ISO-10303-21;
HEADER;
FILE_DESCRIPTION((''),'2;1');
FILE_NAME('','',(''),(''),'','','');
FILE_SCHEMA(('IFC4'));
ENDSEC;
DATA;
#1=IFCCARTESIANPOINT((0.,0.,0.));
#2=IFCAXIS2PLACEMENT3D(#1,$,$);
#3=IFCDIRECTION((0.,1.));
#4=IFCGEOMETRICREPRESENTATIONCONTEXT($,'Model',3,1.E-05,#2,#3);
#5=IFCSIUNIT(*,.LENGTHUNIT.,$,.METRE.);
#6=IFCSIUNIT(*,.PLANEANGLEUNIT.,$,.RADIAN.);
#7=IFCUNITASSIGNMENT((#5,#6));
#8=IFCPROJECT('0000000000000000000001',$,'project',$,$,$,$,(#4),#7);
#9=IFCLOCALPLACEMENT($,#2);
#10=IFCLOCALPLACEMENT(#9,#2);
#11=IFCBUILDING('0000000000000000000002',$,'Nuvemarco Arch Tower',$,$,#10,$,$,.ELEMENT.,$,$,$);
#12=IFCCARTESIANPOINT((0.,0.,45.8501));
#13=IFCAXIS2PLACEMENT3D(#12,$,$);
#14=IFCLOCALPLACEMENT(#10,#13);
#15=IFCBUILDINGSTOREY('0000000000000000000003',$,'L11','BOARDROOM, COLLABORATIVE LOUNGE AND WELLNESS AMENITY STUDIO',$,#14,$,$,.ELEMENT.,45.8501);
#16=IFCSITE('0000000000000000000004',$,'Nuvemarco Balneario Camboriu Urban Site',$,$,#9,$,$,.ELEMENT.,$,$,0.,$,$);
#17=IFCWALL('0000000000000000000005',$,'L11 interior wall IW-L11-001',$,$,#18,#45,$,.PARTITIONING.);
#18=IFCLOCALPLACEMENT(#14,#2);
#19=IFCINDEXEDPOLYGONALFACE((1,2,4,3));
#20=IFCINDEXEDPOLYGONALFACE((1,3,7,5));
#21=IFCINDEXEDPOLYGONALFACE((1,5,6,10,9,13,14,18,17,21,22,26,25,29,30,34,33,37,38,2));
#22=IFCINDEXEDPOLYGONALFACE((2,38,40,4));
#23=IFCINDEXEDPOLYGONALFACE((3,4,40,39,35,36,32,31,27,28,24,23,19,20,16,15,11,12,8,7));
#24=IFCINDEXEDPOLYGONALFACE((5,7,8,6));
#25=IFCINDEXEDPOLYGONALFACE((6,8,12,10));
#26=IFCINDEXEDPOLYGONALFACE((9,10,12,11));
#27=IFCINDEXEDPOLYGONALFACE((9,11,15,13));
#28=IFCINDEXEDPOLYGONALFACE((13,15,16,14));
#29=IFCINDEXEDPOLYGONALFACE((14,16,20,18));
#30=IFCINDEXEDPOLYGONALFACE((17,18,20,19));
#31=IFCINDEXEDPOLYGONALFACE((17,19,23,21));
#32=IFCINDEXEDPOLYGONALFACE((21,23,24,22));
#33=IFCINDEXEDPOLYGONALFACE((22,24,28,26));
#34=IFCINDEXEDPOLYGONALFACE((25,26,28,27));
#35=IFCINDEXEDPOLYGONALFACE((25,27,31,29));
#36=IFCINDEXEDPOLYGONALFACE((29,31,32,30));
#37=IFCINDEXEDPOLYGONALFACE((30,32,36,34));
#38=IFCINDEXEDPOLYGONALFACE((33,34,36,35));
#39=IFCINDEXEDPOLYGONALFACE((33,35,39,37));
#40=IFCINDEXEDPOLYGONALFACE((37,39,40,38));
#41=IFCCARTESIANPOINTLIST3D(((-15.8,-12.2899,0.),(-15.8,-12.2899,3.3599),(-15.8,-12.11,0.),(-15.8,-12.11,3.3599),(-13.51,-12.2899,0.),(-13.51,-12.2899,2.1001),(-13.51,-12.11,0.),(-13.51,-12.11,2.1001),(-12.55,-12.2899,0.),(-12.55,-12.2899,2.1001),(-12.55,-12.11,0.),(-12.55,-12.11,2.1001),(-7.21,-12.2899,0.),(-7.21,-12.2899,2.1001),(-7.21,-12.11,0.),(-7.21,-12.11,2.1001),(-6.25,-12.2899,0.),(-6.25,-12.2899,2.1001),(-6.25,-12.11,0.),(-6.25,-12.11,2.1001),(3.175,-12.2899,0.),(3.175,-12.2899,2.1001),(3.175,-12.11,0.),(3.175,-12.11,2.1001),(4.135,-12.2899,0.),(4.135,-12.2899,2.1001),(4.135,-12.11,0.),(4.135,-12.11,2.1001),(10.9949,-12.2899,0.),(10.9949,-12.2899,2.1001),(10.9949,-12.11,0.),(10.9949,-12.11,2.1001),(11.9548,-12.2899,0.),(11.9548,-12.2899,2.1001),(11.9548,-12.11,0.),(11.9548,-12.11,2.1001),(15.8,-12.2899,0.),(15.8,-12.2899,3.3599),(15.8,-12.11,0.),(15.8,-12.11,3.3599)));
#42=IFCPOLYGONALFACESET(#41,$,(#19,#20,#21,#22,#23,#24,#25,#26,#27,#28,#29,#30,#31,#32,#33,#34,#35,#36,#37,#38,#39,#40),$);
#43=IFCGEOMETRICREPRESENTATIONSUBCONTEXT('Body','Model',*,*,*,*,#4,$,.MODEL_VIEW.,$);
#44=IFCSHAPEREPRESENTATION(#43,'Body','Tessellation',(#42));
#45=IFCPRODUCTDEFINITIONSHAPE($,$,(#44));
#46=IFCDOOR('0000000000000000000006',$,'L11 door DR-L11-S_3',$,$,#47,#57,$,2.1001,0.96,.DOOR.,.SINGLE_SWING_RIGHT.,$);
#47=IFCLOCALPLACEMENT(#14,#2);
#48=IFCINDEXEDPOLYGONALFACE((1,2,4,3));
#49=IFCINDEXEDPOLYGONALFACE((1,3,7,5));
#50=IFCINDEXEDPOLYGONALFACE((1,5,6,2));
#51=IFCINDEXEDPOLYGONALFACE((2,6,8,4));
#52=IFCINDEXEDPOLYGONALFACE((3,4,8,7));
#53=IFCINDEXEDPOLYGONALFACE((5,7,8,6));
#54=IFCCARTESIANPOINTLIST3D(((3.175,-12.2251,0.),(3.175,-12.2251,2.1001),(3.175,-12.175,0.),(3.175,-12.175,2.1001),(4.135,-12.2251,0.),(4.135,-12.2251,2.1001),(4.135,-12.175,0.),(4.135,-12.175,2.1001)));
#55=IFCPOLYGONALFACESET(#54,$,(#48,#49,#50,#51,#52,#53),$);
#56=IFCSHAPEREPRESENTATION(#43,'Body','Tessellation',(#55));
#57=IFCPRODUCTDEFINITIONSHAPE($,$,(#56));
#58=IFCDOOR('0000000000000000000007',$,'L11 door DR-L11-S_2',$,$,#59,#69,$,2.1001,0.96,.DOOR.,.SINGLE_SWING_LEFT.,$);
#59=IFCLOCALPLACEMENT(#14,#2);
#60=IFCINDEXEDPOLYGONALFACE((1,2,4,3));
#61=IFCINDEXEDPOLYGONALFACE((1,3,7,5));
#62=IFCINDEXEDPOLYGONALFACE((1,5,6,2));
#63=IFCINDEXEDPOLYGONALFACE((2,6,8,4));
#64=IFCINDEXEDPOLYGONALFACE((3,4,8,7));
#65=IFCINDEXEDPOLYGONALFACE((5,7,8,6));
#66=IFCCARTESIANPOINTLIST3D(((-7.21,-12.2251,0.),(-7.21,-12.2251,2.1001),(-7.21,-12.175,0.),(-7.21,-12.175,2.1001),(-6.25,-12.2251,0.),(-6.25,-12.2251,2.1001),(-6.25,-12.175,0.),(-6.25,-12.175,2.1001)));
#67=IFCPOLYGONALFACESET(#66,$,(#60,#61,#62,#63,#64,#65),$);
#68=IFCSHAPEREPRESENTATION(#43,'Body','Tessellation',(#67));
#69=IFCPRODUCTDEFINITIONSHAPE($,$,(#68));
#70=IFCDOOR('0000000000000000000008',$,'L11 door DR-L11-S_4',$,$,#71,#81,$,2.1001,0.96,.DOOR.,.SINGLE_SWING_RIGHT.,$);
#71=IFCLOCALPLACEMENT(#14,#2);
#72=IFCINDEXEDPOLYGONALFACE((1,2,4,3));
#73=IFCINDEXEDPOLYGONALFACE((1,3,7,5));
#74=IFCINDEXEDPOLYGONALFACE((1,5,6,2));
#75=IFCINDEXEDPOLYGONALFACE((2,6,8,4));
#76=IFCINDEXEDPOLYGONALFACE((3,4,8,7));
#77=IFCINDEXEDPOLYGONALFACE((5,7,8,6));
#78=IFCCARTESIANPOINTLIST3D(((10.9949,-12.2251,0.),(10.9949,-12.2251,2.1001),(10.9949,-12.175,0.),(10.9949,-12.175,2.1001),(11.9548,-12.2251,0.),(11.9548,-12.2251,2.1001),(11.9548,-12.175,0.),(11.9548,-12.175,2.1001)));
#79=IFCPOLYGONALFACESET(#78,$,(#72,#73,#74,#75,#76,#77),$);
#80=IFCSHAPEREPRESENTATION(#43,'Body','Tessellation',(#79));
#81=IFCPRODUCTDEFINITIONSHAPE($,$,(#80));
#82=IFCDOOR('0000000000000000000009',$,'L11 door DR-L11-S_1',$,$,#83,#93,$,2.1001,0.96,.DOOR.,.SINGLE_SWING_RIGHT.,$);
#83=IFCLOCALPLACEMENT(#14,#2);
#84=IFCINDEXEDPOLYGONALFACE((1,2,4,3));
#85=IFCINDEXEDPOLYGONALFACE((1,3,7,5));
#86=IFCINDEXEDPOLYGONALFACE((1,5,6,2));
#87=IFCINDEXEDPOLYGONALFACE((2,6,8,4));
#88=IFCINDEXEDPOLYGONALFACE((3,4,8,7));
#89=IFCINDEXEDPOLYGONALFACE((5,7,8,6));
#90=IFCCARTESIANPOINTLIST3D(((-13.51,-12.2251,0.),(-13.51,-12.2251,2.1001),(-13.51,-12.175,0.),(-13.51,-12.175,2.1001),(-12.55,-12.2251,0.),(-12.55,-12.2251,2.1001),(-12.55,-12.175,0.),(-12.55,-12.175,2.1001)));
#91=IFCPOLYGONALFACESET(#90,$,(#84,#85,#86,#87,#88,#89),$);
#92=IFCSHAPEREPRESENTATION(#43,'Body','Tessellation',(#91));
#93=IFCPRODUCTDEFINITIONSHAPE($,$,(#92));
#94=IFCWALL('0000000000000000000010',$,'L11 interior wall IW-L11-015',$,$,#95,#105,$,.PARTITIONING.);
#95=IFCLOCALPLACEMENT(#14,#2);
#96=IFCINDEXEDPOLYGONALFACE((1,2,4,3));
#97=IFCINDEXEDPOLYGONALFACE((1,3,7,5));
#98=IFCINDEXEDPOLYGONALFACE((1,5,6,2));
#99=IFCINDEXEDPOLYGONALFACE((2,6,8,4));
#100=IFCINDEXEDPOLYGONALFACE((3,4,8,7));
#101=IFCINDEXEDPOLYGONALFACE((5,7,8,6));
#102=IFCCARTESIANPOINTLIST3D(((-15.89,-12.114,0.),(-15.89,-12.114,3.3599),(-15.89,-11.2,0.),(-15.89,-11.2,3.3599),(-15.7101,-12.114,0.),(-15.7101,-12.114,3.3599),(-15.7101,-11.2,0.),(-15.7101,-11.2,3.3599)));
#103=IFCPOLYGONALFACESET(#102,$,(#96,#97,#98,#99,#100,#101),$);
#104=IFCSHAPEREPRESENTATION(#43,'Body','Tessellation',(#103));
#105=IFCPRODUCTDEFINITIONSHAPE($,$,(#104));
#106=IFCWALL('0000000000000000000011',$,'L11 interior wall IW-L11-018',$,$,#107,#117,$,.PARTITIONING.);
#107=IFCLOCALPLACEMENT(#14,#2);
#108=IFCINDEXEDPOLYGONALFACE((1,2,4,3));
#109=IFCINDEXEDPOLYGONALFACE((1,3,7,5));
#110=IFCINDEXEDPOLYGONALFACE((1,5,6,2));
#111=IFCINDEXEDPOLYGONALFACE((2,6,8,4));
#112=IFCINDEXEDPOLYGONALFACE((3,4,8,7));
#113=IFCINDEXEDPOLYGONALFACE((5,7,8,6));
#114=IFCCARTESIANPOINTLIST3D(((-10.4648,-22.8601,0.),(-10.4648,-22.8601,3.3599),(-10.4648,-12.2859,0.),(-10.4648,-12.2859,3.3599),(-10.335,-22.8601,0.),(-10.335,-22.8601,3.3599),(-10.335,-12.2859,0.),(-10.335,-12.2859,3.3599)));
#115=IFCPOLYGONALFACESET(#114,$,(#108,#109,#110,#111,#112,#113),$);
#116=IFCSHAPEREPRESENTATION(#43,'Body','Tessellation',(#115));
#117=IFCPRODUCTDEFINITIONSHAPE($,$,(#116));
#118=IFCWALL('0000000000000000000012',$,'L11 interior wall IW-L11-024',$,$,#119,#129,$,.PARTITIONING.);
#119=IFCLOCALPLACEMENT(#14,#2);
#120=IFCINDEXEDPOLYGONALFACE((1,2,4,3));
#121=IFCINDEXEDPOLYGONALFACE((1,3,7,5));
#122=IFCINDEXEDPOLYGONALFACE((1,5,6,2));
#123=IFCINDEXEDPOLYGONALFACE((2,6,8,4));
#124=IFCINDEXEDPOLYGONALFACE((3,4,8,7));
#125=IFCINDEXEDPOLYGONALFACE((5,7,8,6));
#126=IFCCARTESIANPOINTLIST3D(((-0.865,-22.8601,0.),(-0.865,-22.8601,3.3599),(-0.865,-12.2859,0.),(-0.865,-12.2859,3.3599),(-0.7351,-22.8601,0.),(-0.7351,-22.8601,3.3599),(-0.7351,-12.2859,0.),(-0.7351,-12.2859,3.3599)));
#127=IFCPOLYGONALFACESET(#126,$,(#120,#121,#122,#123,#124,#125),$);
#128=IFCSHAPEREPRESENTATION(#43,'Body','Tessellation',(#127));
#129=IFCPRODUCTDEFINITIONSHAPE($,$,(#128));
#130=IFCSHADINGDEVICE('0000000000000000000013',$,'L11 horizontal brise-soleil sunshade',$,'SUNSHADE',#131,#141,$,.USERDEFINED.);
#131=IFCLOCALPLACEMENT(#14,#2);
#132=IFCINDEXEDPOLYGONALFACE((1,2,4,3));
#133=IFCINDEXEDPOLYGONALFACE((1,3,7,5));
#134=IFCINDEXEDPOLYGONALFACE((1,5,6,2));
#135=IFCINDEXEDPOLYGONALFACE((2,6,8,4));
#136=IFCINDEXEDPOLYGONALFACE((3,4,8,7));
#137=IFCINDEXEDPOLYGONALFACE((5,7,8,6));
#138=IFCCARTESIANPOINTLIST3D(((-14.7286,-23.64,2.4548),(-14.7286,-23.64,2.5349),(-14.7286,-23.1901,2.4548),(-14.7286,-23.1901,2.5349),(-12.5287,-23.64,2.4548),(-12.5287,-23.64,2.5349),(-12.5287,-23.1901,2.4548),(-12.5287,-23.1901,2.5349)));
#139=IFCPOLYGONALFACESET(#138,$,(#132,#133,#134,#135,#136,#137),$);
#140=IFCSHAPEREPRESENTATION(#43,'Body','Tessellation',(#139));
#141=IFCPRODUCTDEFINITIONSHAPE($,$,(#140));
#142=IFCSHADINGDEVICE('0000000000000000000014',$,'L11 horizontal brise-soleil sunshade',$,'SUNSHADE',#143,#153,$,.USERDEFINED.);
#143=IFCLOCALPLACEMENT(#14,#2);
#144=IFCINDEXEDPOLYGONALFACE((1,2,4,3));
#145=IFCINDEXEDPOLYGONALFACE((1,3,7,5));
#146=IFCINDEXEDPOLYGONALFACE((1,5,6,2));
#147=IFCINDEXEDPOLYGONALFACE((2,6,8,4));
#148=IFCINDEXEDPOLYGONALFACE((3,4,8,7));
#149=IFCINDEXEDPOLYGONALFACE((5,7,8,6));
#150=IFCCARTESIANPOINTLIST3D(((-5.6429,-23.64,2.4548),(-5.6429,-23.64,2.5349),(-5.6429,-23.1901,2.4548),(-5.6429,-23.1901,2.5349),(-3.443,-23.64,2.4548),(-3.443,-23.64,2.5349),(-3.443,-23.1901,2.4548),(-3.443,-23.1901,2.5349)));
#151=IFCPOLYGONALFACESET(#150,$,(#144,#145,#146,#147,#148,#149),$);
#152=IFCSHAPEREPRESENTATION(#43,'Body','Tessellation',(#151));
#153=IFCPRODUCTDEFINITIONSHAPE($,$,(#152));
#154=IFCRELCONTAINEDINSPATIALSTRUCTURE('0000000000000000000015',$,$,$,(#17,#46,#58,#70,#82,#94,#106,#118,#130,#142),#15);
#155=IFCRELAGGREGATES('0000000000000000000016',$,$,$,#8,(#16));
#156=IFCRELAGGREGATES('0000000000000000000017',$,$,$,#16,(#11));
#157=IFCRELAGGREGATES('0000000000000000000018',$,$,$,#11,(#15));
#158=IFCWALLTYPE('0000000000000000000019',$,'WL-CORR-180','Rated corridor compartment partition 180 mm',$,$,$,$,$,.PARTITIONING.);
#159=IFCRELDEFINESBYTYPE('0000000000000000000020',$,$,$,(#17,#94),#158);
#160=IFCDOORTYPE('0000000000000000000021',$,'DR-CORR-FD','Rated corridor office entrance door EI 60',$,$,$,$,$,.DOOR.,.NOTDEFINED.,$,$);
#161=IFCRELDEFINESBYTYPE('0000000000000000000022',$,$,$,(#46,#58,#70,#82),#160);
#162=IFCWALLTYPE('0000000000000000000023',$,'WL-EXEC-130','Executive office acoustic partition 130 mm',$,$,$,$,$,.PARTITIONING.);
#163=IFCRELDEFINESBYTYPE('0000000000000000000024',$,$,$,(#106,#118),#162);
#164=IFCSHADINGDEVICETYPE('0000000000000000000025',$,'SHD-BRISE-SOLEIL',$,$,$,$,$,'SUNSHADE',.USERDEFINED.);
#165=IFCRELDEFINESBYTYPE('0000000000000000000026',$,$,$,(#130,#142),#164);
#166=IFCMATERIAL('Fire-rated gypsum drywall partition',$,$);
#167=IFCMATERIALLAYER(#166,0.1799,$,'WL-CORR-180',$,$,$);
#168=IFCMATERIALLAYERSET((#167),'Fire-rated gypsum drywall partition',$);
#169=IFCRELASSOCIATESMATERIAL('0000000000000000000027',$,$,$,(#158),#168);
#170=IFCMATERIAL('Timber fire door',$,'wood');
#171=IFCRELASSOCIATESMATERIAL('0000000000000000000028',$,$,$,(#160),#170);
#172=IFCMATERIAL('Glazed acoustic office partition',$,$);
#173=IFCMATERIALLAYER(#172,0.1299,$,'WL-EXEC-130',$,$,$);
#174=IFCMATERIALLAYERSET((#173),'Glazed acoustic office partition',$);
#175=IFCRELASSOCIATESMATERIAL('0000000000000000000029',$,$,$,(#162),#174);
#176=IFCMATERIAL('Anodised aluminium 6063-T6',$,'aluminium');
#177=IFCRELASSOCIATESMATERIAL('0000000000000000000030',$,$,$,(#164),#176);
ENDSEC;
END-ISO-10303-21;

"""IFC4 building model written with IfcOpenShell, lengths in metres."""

from ifc_helpers import new_model, si_unit, direction, frame, frame_2d, origin, origin_2d, place, context, subcontext, project, spatial, rectangle, extrude, source, transform, mapped, material, layer, layer_set, type_object, type_shapes, element, fill, save


model = new_model("IFC4")

# Units and contexts
model_context = context("Model", 3, precision=1e-05, world=origin(), true_north=direction((0.0, 1.0)))
body_context = subcontext(model_context, "Body", "Model", "MODEL_VIEW")
ifc_project = project(units=[si_unit("LENGTHUNIT", "METRE"), si_unit("PLANEANGLEUNIT", "RADIAN")], contexts=[model_context])

# Site, building, storey
site_placement = place(None, origin())
site = spatial("IfcSite", under=ifc_project, at=site_placement, Name="Nuvemarco Balneario Camboriu Urban Site", CompositionType="ELEMENT", RefElevation=0.0)
building_placement = place(site_placement, origin())
building = spatial("IfcBuilding", under=site, at=building_placement, Name="Nuvemarco Arch Tower", CompositionType="ELEMENT")
storey_placement = place(building_placement, frame((0.0, 0.0, 45.8501)))
storey = spatial("IfcBuildingStorey", under=building, at=storey_placement, Name="L11", Description="BOARDROOM, COLLABORATIVE LOUNGE AND WELLNESS AMENITY STUDIO", CompositionType="ELEMENT", Elevation=45.8501)

# Wall, openings, doors
ifc_material_1 = material(Name="Fire-rated gypsum drywall partition")
ifc_layer_1 = layer(ifc_material_1, 0.1799, Name="WL-CORR-180")
ifc_layer_set_1 = layer_set([ifc_layer_1], Name="Fire-rated gypsum drywall partition")
wall_type_1 = type_object("IfcWallType", Name="WL-CORR-180", Description="Rated corridor compartment partition 180 mm", PredefinedType="PARTITIONING", material=ifc_layer_set_1)
wall_1_placement = place(storey_placement, frame((-15.8, -12.2, 0.0), z_axis=(0.0, 0.0, 1.0), x_axis=(1.0, 0.0, 0.0)))
wall_1 = element("IfcWall", 1, at=wall_1_placement, inside=storey, type_object=wall_type_1, Name="L11 interior wall IW-L11-001", PredefinedType="PARTITIONING", context=body_context, shape_type="SweptSolid", body=[
    extrude(rectangle(XDim=31.6001, YDim=0.1799, at=frame_2d((15.8, 0.0))), origin(), (0.0, 0.0, 1.0), 3.3599),
])
opening_1_placement = place(wall_1_placement, frame((18.9751, 0.0, 0.0)))
opening_1 = element("IfcOpeningElement", 2, at=opening_1_placement, cuts=wall_1, PredefinedType="OPENING", context=body_context, shape_type="SweptSolid", body=[
    extrude(rectangle(XDim=0.96, YDim=2.1001, at=frame_2d((0.48, 1.05))), frame((0.0, 0.0999, 0.0), z_axis=(0.0, -1.0, 0.0), x_axis=(1.0, 0.0, 0.0)), (0.0, 0.0, 1.0), 0.2),
])
opening_2_placement = place(wall_1_placement, frame((8.5901, 0.0, 0.0)))
opening_2 = element("IfcOpeningElement", 3, at=opening_2_placement, cuts=wall_1, PredefinedType="OPENING", context=body_context, shape_type="SweptSolid", body=[
    extrude(rectangle(XDim=0.96, YDim=2.1001, at=frame_2d((0.48, 1.05))), frame((0.0, 0.0999, 0.0), z_axis=(0.0, -1.0, 0.0), x_axis=(1.0, 0.0, 0.0)), (0.0, 0.0, 1.0), 0.2),
])
opening_3_placement = place(wall_1_placement, frame((26.7949, 0.0, 0.0)))
opening_3 = element("IfcOpeningElement", 4, at=opening_3_placement, cuts=wall_1, PredefinedType="OPENING", context=body_context, shape_type="SweptSolid", body=[
    extrude(rectangle(XDim=0.96, YDim=2.1001, at=frame_2d((0.48, 1.05))), frame((0.0, 0.0999, 0.0), z_axis=(0.0, -1.0, 0.0), x_axis=(1.0, 0.0, 0.0)), (0.0, 0.0, 1.0), 0.2),
])
opening_4_placement = place(wall_1_placement, frame((2.29, 0.0, 0.0)))
opening_4 = element("IfcOpeningElement", 5, at=opening_4_placement, cuts=wall_1, PredefinedType="OPENING", context=body_context, shape_type="SweptSolid", body=[
    extrude(rectangle(XDim=0.96, YDim=2.1001, at=frame_2d((0.48, 1.05))), frame((0.0, 0.0999, 0.0), z_axis=(0.0, -1.0, 0.0), x_axis=(1.0, 0.0, 0.0)), (0.0, 0.0, 1.0), 0.2),
])
ifc_material_2 = material(Name="Timber fire door", Category="wood")
door_type = type_object("IfcDoorType", Name="DR-CORR-FD", Description="Rated corridor office entrance door EI 60", OperationType="NOTDEFINED", PredefinedType="DOOR", material=ifc_material_2)
shared_shape_1 = source(origin(), body_context, "Body", "SweptSolid", [
    extrude(rectangle(XDim=0.96, YDim=2.1001, at=frame_2d((0.48, 1.05))), frame((0.0, 0.0249, 0.0), z_axis=(0.0, -1.0, 0.0), x_axis=(1.0, 0.0, 0.0)), (0.0, 0.0, 1.0), 0.05),
])
type_shapes(door_type, [shared_shape_1])
door_1_placement = place(opening_1_placement, origin())
door_1 = element("IfcDoor", 6, at=door_1_placement, inside=storey, type_object=door_type, Name="L11 door DR-L11-S_3", OperationType="SINGLE_SWING_RIGHT", OverallHeight=2.1001, OverallWidth=0.96, PredefinedType="DOOR", context=body_context, shape_type="MappedRepresentation", body=[
    mapped(shared_shape_1, transform((0.0, 0.0, 0.0), scale=1.0)),
])
fill(opening_1, door_1)
door_2_placement = place(opening_2_placement, origin())
door_2 = element("IfcDoor", 7, at=door_2_placement, inside=storey, type_object=door_type, Name="L11 door DR-L11-S_2", OperationType="SINGLE_SWING_LEFT", OverallHeight=2.1001, OverallWidth=0.96, PredefinedType="DOOR", context=body_context, shape_type="MappedRepresentation", body=[
    mapped(shared_shape_1, transform((0.0, 0.0, 0.0), scale=1.0)),
])
fill(opening_2, door_2)
door_3_placement = place(opening_3_placement, origin())
door_3 = element("IfcDoor", 8, at=door_3_placement, inside=storey, type_object=door_type, Name="L11 door DR-L11-S_4", OperationType="SINGLE_SWING_RIGHT", OverallHeight=2.1001, OverallWidth=0.96, PredefinedType="DOOR", context=body_context, shape_type="MappedRepresentation", body=[
    mapped(shared_shape_1, transform((0.0, 0.0, 0.0), scale=1.0)),
])
fill(opening_3, door_3)
door_4_placement = place(opening_4_placement, origin())
door_4 = element("IfcDoor", 9, at=door_4_placement, inside=storey, type_object=door_type, Name="L11 door DR-L11-S_1", OperationType="SINGLE_SWING_RIGHT", OverallHeight=2.1001, OverallWidth=0.96, PredefinedType="DOOR", context=body_context, shape_type="MappedRepresentation", body=[
    mapped(shared_shape_1, transform((0.0, 0.0, 0.0), scale=1.0)),
])
fill(opening_4, door_4)

# Walls
wall_2_placement = place(storey_placement, frame((-15.8, -12.114, 0.0), z_axis=(0.0, 0.0, 1.0), x_axis=(0.0, 1.0, 0.0)))
element("IfcWall", 10, at=wall_2_placement, inside=storey, type_object=wall_type_1, Name="L11 interior wall IW-L11-015", PredefinedType="PARTITIONING", context=body_context, shape_type="SweptSolid", body=[
    extrude(rectangle(XDim=0.9141, YDim=0.1799, at=frame_2d((0.457, 0.0))), origin(), (0.0, 0.0, 1.0), 3.3599),
])
ifc_material_3 = material(Name="Glazed acoustic office partition")
ifc_layer_2 = layer(ifc_material_3, 0.1299, Name="WL-EXEC-130")
ifc_layer_set_2 = layer_set([ifc_layer_2], Name="Glazed acoustic office partition")
wall_type_2 = type_object("IfcWallType", Name="WL-EXEC-130", Description="Executive office acoustic partition 130 mm", PredefinedType="PARTITIONING", material=ifc_layer_set_2)
for number, where, z_axis, x_axis, name in (
    (11, (-10.3999, -22.8601, 0.0), (0.0, 0.0, 1.0), (0.0, 1.0, 0.0), "L11 interior wall IW-L11-018"),
    (12, (-0.8, -22.8601, 0.0), (0.0, 0.0, 1.0), (0.0, 1.0, 0.0), "L11 interior wall IW-L11-024"),
):
    element("IfcWall", number, at=place(storey_placement, frame(where, z_axis=z_axis, x_axis=x_axis)), inside=storey, type_object=wall_type_2, Name=name, PredefinedType="PARTITIONING", context=body_context, shape_type="SweptSolid", body=[
        extrude(rectangle(XDim=10.5742, YDim=0.1299, at=frame_2d((5.2871, 0.0))), origin(), (0.0, 0.0, 1.0), 3.3599),
    ])

# Shading devices
ifc_material_4 = material(Name="Anodised aluminium 6063-T6", Category="aluminium")
shading_device_type = type_object("IfcShadingDeviceType", Name="SHD-BRISE-SOLEIL", ElementType="SUNSHADE", PredefinedType="USERDEFINED", material=ifc_material_4)
shared_shape_2 = source(origin(), body_context, "Body", "SweptSolid", [
    extrude(rectangle(XDim=2.2, YDim=0.45, at=origin_2d()), origin(), (0.0, 0.0, 1.0), 0.0801),
])
type_shapes(shading_device_type, [shared_shape_2])
for number, where, z_axis, x_axis, name in (
    (13, (-13.6287, -23.415, 2.4548), (0.0, 0.0, 1.0), (1.0, 0.0, 0.0), "L11 horizontal brise-soleil sunshade"),
    (14, (-4.543, -23.415, 2.4548), (0.0, 0.0, 1.0), (1.0, 0.0, 0.0), "L11 horizontal brise-soleil sunshade"),
):
    element("IfcShadingDevice", number, at=place(storey_placement, frame(where, z_axis=z_axis, x_axis=x_axis)), inside=storey, type_object=shading_device_type, Name=name, ObjectType="SUNSHADE", PredefinedType="USERDEFINED", context=body_context, shape_type="MappedRepresentation", body=[
        mapped(shared_shape_2, transform((0.0, 0.0, 0.0), scale=1.0)),
    ])

save(model, "model.ifc")
